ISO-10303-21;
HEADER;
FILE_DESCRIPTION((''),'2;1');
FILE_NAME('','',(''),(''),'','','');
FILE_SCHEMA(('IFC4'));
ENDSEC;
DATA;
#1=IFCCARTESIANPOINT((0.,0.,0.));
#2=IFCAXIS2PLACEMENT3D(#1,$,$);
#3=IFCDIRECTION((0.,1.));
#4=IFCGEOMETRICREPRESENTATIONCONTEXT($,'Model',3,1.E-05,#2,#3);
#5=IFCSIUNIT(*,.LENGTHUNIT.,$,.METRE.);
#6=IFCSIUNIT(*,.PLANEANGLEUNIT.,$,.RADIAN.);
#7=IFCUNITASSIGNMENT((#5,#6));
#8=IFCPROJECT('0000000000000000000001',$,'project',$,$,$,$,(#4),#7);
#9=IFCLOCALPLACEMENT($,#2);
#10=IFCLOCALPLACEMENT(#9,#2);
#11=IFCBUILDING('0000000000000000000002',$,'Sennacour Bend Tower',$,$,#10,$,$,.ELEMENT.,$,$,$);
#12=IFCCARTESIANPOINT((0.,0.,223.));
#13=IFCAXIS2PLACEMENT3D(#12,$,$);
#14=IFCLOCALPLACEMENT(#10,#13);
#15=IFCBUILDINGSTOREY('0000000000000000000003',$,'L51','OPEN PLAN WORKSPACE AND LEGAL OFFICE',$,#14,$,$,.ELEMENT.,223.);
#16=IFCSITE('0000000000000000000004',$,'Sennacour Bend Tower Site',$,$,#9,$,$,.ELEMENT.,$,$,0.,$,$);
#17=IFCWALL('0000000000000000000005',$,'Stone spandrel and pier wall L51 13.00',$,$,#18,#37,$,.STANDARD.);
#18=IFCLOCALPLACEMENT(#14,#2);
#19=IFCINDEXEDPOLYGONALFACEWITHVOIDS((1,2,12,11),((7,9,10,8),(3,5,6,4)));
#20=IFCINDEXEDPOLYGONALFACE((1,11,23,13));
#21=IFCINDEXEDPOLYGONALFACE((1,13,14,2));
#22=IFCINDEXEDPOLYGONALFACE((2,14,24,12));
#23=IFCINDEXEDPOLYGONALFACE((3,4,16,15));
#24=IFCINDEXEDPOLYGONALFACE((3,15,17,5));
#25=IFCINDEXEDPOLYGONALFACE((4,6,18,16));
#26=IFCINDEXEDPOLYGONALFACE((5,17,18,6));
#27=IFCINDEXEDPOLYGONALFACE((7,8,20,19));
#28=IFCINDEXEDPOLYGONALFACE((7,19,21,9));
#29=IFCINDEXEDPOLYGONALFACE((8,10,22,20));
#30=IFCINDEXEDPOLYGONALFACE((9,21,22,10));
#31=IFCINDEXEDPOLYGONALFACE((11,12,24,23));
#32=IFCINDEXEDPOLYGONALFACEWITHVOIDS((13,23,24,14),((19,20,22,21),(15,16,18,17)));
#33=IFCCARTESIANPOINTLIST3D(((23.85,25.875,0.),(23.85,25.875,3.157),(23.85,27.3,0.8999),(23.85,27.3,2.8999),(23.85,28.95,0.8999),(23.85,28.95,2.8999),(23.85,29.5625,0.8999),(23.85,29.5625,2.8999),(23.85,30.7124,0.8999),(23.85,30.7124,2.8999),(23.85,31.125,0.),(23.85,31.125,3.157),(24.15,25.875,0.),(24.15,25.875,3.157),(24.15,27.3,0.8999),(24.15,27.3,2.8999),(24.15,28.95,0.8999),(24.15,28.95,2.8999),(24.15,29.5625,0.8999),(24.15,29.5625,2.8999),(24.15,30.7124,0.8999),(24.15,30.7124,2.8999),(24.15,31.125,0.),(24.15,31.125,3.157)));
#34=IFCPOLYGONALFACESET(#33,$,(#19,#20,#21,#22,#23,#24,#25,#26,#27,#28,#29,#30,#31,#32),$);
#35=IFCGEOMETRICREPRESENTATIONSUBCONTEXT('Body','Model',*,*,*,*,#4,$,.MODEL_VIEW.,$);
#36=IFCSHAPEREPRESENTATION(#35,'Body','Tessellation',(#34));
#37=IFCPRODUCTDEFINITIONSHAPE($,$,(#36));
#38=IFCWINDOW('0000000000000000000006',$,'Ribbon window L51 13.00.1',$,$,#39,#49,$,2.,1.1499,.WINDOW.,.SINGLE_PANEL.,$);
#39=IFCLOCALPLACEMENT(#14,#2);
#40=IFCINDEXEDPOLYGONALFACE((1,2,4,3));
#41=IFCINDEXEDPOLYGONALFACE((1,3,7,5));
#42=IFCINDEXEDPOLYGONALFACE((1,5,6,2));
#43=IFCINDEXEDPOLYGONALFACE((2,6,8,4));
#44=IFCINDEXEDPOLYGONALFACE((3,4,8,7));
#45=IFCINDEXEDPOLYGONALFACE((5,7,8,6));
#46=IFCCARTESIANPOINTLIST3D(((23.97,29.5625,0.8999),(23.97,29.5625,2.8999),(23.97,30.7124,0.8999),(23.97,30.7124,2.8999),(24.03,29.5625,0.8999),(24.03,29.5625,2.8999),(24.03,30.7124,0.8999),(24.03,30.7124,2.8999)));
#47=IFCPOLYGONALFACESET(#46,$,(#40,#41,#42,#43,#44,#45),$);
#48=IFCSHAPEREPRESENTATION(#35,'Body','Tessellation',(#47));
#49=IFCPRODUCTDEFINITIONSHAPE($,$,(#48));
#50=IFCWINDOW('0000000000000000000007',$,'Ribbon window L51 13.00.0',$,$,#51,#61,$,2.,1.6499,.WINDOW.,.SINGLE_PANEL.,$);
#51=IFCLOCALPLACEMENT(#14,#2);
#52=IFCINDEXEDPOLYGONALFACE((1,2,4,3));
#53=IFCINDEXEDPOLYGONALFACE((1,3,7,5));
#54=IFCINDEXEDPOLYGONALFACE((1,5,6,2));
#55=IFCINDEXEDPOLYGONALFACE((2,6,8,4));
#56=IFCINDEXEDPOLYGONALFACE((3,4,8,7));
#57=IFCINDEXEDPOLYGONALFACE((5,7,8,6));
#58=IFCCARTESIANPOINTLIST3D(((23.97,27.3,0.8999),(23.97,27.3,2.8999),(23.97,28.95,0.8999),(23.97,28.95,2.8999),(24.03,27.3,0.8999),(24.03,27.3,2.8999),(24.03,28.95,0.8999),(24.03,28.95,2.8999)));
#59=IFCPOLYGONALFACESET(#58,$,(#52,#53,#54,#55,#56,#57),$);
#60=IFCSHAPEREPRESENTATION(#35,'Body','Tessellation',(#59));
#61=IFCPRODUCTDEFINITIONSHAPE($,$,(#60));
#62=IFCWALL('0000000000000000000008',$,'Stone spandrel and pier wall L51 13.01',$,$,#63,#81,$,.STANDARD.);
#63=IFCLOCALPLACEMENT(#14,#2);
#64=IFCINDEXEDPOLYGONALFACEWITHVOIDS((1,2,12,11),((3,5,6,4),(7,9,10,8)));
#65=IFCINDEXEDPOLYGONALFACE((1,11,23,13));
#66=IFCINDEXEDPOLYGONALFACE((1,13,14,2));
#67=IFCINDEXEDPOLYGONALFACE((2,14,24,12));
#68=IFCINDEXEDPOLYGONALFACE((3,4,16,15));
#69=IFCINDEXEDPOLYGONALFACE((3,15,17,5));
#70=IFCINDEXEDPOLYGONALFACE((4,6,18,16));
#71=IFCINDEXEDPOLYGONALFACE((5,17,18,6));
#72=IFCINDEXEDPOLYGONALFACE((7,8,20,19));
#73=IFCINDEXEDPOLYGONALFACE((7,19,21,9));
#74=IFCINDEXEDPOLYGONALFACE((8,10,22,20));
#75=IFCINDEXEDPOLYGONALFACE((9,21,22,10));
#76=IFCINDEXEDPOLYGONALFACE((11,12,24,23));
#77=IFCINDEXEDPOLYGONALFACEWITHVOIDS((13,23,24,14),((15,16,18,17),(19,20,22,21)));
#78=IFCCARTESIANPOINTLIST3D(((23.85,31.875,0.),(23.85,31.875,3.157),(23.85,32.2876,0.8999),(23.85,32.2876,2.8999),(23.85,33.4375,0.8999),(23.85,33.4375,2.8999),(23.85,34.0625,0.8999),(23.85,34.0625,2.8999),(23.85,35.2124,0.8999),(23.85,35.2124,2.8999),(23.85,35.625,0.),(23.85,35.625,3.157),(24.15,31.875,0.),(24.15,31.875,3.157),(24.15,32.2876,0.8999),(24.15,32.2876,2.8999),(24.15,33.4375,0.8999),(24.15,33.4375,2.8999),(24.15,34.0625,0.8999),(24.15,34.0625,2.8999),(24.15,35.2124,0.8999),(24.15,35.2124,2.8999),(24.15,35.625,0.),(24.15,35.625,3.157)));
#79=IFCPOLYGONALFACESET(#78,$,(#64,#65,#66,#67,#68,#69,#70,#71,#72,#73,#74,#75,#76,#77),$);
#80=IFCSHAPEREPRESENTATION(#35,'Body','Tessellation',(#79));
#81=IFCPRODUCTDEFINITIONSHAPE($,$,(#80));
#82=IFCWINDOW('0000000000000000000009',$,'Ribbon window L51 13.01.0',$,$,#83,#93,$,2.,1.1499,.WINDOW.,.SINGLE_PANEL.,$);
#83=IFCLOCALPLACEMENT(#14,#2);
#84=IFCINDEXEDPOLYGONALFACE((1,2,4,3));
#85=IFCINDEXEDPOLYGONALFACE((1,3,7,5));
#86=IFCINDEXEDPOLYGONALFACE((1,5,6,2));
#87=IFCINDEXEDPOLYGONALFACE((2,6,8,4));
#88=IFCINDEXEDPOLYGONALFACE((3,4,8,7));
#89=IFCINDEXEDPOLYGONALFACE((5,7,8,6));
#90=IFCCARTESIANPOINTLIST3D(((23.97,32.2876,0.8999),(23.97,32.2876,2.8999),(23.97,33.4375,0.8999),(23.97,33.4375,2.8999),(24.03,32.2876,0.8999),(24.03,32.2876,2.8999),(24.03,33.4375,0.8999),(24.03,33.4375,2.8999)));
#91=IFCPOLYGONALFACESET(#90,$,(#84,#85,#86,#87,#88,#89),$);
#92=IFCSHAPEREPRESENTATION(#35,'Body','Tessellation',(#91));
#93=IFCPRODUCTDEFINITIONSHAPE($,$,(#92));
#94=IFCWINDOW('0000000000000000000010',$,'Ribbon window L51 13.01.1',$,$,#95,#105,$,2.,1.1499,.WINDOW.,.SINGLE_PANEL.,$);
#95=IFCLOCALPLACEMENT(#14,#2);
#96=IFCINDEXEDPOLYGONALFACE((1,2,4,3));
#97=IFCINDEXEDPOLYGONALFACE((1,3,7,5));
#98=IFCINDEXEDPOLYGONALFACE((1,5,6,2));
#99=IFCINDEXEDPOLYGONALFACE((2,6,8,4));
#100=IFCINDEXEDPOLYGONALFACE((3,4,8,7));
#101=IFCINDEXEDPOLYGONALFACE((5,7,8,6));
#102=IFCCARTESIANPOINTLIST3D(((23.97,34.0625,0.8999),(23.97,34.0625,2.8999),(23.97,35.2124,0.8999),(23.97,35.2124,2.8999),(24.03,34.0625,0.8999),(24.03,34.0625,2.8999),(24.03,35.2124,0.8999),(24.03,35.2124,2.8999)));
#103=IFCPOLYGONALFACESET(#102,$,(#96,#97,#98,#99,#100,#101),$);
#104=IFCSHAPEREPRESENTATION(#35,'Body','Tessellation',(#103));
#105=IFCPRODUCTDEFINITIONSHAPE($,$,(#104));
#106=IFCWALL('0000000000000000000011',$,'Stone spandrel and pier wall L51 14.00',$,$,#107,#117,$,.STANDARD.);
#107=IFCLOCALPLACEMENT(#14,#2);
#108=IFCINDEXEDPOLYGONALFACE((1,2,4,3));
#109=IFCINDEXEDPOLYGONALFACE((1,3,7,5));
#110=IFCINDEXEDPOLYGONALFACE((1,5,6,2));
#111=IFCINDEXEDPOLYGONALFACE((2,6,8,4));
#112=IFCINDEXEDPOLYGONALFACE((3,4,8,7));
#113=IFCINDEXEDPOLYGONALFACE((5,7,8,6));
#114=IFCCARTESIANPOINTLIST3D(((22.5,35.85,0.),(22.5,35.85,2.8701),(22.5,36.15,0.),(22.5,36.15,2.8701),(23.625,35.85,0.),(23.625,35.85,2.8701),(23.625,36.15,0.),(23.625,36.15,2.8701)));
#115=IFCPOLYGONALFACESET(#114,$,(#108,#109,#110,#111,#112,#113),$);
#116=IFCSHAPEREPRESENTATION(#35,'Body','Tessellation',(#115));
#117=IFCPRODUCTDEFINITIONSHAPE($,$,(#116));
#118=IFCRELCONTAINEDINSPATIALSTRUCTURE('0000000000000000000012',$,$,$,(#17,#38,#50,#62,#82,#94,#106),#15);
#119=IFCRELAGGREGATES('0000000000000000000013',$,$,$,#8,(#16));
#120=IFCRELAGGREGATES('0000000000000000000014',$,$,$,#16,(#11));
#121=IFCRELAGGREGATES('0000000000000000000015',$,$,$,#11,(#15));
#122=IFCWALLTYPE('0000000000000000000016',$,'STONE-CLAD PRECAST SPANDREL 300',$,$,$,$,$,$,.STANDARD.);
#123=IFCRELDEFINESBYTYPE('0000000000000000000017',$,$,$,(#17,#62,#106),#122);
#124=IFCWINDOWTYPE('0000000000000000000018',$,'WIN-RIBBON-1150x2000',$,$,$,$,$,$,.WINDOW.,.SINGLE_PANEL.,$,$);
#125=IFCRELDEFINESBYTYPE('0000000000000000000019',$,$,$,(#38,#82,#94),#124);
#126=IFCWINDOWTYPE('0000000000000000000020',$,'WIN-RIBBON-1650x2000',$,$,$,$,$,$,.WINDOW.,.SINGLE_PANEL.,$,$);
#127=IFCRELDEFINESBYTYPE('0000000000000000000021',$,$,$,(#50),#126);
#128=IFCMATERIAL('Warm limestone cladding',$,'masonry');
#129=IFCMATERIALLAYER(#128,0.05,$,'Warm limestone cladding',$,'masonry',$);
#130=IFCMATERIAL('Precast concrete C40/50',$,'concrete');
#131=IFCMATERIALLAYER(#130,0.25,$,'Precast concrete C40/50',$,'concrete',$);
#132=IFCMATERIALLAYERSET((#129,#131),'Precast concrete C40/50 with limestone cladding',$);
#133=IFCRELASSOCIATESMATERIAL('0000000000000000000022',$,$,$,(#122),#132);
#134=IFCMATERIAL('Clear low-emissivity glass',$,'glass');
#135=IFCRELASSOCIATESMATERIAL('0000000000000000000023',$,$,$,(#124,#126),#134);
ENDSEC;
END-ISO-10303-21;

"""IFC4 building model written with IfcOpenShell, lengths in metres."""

from ifc_helpers import new_model, si_unit, direction, frame, frame_2d, origin, place, context, subcontext, project, spatial, rectangle, extrude, material, layer, layer_set, type_object, element, fill, save


model = new_model("IFC4")

# Units and contexts
model_context = context("Model", 3, precision=1e-05, world=origin(), true_north=direction((0.0, 1.0)))
body_context = subcontext(model_context, "Body", "Model", "MODEL_VIEW")
ifc_project = project(units=[si_unit("LENGTHUNIT", "METRE"), si_unit("PLANEANGLEUNIT", "RADIAN")], contexts=[model_context])

# Site, building, storey
site_placement = place(None, origin())
site = spatial("IfcSite", under=ifc_project, at=site_placement, Name="Sennacour Bend Tower Site", CompositionType="ELEMENT", RefElevation=0.0)
building_placement = place(site_placement, origin())
building = spatial("IfcBuilding", under=site, at=building_placement, Name="Sennacour Bend Tower", CompositionType="ELEMENT")
storey_placement = place(building_placement, frame((0.0, 0.0, 223.0)))
storey = spatial("IfcBuildingStorey", under=building, at=storey_placement, Name="L51", Description="OPEN PLAN WORKSPACE AND LEGAL OFFICE", CompositionType="ELEMENT", Elevation=223.0)

# Shared definitions
ifc_material_1 = material(Name="Warm limestone cladding", Category="masonry")
ifc_layer_1 = layer(ifc_material_1, 0.05, Name="Warm limestone cladding", Category="masonry")
ifc_material_2 = material(Name="Precast concrete C40/50", Category="concrete")
ifc_layer_2 = layer(ifc_material_2, 0.25, Name="Precast concrete C40/50", Category="concrete")
ifc_layer_set = layer_set([ifc_layer_1, ifc_layer_2], Name="Precast concrete C40/50 with limestone cladding")
wall_type = type_object("IfcWallType", Name="STONE-CLAD PRECAST SPANDREL 300", PredefinedType="STANDARD", material=ifc_layer_set)
ifc_material_3 = material(Name="Clear low-emissivity glass", Category="glass")

# Walls, openings, windows
wall_1_placement = place(storey_placement, frame((24.0, 25.875, 0.0), z_axis=(0.0, 0.0, 1.0), x_axis=(0.0, 1.0, 0.0)))
wall_1 = element("IfcWall", 1, at=wall_1_placement, inside=storey, type_object=wall_type, Name="Stone spandrel and pier wall L51 13.00", PredefinedType="STANDARD", context=body_context, shape_type="SweptSolid", body=[
    extrude(rectangle(XDim=5.25, YDim=0.3, at=frame_2d((2.625, 0.0))), origin(), (0.0, 0.0, 1.0), 3.157),
])
opening_1_placement = place(wall_1_placement, frame((1.425, 0.0, 0.8999)))
opening_1 = element("IfcOpeningElement", 2, at=opening_1_placement, cuts=wall_1, PredefinedType="OPENING", context=body_context, shape_type="SweptSolid", body=[
    extrude(rectangle(XDim=1.6499, YDim=2.0, at=frame_2d((0.825, 1.0))), frame((0.0, 0.1602, 0.0), z_axis=(0.0, -1.0, 0.0), x_axis=(1.0, 0.0, 0.0)), (0.0, 0.0, 1.0), 0.3201),
])
opening_2_placement = place(wall_1_placement, frame((3.6875, 0.0, 0.8999)))
opening_2 = element("IfcOpeningElement", 3, at=opening_2_placement, cuts=wall_1, PredefinedType="OPENING", context=body_context, shape_type="SweptSolid", body=[
    extrude(rectangle(XDim=1.1499, YDim=2.0, at=frame_2d((0.575, 1.0))), frame((0.0, 0.1602, 0.0), z_axis=(0.0, -1.0, 0.0), x_axis=(1.0, 0.0, 0.0)), (0.0, 0.0, 1.0), 0.3201),
])
window_type_1 = type_object("IfcWindowType", Name="WIN-RIBBON-1150x2000", PartitioningType="SINGLE_PANEL", PredefinedType="WINDOW", material=ifc_material_3)
window_1_placement = place(opening_2_placement, origin())
window_1 = element("IfcWindow", 4, at=window_1_placement, inside=storey, type_object=window_type_1, Name="Ribbon window L51 13.00.1", OverallHeight=2.0, OverallWidth=1.1499, PartitioningType="SINGLE_PANEL", PredefinedType="WINDOW", context=body_context, shape_type="SweptSolid", body=[
    extrude(rectangle(XDim=1.1499, YDim=2.0, at=frame_2d((0.575, 1.0))), frame((0.0, 0.03, 0.0), z_axis=(0.0, -1.0, 0.0), x_axis=(1.0, 0.0, 0.0)), (0.0, 0.0, 1.0), 0.0601),
])
fill(opening_2, window_1)
window_type_2 = type_object("IfcWindowType", Name="WIN-RIBBON-1650x2000", PartitioningType="SINGLE_PANEL", PredefinedType="WINDOW", material=ifc_material_3)
window_2_placement = place(opening_1_placement, origin())
window_2 = element("IfcWindow", 5, at=window_2_placement, inside=storey, type_object=window_type_2, Name="Ribbon window L51 13.00.0", OverallHeight=2.0, OverallWidth=1.6499, PartitioningType="SINGLE_PANEL", PredefinedType="WINDOW", context=body_context, shape_type="SweptSolid", body=[
    extrude(rectangle(XDim=1.6499, YDim=2.0, at=frame_2d((0.825, 1.0))), frame((0.0, 0.03, 0.0), z_axis=(0.0, -1.0, 0.0), x_axis=(1.0, 0.0, 0.0)), (0.0, 0.0, 1.0), 0.0601),
])
fill(opening_1, window_2)
wall_2_placement = place(storey_placement, frame((24.0, 31.875, 0.0), z_axis=(0.0, 0.0, 1.0), x_axis=(0.0, 1.0, 0.0)))
wall_2 = element("IfcWall", 6, at=wall_2_placement, inside=storey, type_object=wall_type, Name="Stone spandrel and pier wall L51 13.01", PredefinedType="STANDARD", context=body_context, shape_type="SweptSolid", body=[
    extrude(rectangle(XDim=3.75, YDim=0.3, at=frame_2d((1.875, 0.0))), origin(), (0.0, 0.0, 1.0), 3.157),
])
opening_3_placement = place(wall_2_placement, frame((0.4126, 0.0, 0.8999)))
opening_3 = element("IfcOpeningElement", 7, at=opening_3_placement, cuts=wall_2, PredefinedType="OPENING", context=body_context, shape_type="SweptSolid", body=[
    extrude(rectangle(XDim=1.1499, YDim=2.0, at=frame_2d((0.575, 1.0))), frame((0.0, 0.1602, 0.0), z_axis=(0.0, -1.0, 0.0), x_axis=(1.0, 0.0, 0.0)), (0.0, 0.0, 1.0), 0.3201),
])
opening_4_placement = place(wall_2_placement, frame((2.1875, 0.0, 0.8999)))
opening_4 = element("IfcOpeningElement", 8, at=opening_4_placement, cuts=wall_2, PredefinedType="OPENING", context=body_context, shape_type="SweptSolid", body=[
    extrude(rectangle(XDim=1.1499, YDim=2.0, at=frame_2d((0.575, 1.0))), frame((0.0, 0.1602, 0.0), z_axis=(0.0, -1.0, 0.0), x_axis=(1.0, 0.0, 0.0)), (0.0, 0.0, 1.0), 0.3201),
])
window_3_placement = place(opening_3_placement, origin())
window_3 = element("IfcWindow", 9, at=window_3_placement, inside=storey, type_object=window_type_1, Name="Ribbon window L51 13.01.0", OverallHeight=2.0, OverallWidth=1.1499, PartitioningType="SINGLE_PANEL", PredefinedType="WINDOW", context=body_context, shape_type="SweptSolid", body=[
    extrude(rectangle(XDim=1.1499, YDim=2.0, at=frame_2d((0.575, 1.0))), frame((0.0, 0.03, 0.0), z_axis=(0.0, -1.0, 0.0), x_axis=(1.0, 0.0, 0.0)), (0.0, 0.0, 1.0), 0.0601),
])
fill(opening_3, window_3)
window_4_placement = place(opening_4_placement, origin())
window_4 = element("IfcWindow", 10, at=window_4_placement, inside=storey, type_object=window_type_1, Name="Ribbon window L51 13.01.1", OverallHeight=2.0, OverallWidth=1.1499, PartitioningType="SINGLE_PANEL", PredefinedType="WINDOW", context=body_context, shape_type="SweptSolid", body=[
    extrude(rectangle(XDim=1.1499, YDim=2.0, at=frame_2d((0.575, 1.0))), frame((0.0, 0.03, 0.0), z_axis=(0.0, -1.0, 0.0), x_axis=(1.0, 0.0, 0.0)), (0.0, 0.0, 1.0), 0.0601),
])
fill(opening_4, window_4)

# Wall
wall_3_placement = place(storey_placement, frame((23.625, 36.0, 0.0), z_axis=(0.0, 0.0, 1.0), x_axis=(-1.0, 0.0, 0.0)))
element("IfcWall", 11, at=wall_3_placement, inside=storey, type_object=wall_type, Name="Stone spandrel and pier wall L51 14.00", PredefinedType="STANDARD", context=body_context, shape_type="SweptSolid", body=[
    extrude(rectangle(XDim=1.125, YDim=0.3, at=frame_2d((0.5625, 0.0))), origin(), (0.0, 0.0, 1.0), 2.8701),
])

save(model, "model.ifc")
